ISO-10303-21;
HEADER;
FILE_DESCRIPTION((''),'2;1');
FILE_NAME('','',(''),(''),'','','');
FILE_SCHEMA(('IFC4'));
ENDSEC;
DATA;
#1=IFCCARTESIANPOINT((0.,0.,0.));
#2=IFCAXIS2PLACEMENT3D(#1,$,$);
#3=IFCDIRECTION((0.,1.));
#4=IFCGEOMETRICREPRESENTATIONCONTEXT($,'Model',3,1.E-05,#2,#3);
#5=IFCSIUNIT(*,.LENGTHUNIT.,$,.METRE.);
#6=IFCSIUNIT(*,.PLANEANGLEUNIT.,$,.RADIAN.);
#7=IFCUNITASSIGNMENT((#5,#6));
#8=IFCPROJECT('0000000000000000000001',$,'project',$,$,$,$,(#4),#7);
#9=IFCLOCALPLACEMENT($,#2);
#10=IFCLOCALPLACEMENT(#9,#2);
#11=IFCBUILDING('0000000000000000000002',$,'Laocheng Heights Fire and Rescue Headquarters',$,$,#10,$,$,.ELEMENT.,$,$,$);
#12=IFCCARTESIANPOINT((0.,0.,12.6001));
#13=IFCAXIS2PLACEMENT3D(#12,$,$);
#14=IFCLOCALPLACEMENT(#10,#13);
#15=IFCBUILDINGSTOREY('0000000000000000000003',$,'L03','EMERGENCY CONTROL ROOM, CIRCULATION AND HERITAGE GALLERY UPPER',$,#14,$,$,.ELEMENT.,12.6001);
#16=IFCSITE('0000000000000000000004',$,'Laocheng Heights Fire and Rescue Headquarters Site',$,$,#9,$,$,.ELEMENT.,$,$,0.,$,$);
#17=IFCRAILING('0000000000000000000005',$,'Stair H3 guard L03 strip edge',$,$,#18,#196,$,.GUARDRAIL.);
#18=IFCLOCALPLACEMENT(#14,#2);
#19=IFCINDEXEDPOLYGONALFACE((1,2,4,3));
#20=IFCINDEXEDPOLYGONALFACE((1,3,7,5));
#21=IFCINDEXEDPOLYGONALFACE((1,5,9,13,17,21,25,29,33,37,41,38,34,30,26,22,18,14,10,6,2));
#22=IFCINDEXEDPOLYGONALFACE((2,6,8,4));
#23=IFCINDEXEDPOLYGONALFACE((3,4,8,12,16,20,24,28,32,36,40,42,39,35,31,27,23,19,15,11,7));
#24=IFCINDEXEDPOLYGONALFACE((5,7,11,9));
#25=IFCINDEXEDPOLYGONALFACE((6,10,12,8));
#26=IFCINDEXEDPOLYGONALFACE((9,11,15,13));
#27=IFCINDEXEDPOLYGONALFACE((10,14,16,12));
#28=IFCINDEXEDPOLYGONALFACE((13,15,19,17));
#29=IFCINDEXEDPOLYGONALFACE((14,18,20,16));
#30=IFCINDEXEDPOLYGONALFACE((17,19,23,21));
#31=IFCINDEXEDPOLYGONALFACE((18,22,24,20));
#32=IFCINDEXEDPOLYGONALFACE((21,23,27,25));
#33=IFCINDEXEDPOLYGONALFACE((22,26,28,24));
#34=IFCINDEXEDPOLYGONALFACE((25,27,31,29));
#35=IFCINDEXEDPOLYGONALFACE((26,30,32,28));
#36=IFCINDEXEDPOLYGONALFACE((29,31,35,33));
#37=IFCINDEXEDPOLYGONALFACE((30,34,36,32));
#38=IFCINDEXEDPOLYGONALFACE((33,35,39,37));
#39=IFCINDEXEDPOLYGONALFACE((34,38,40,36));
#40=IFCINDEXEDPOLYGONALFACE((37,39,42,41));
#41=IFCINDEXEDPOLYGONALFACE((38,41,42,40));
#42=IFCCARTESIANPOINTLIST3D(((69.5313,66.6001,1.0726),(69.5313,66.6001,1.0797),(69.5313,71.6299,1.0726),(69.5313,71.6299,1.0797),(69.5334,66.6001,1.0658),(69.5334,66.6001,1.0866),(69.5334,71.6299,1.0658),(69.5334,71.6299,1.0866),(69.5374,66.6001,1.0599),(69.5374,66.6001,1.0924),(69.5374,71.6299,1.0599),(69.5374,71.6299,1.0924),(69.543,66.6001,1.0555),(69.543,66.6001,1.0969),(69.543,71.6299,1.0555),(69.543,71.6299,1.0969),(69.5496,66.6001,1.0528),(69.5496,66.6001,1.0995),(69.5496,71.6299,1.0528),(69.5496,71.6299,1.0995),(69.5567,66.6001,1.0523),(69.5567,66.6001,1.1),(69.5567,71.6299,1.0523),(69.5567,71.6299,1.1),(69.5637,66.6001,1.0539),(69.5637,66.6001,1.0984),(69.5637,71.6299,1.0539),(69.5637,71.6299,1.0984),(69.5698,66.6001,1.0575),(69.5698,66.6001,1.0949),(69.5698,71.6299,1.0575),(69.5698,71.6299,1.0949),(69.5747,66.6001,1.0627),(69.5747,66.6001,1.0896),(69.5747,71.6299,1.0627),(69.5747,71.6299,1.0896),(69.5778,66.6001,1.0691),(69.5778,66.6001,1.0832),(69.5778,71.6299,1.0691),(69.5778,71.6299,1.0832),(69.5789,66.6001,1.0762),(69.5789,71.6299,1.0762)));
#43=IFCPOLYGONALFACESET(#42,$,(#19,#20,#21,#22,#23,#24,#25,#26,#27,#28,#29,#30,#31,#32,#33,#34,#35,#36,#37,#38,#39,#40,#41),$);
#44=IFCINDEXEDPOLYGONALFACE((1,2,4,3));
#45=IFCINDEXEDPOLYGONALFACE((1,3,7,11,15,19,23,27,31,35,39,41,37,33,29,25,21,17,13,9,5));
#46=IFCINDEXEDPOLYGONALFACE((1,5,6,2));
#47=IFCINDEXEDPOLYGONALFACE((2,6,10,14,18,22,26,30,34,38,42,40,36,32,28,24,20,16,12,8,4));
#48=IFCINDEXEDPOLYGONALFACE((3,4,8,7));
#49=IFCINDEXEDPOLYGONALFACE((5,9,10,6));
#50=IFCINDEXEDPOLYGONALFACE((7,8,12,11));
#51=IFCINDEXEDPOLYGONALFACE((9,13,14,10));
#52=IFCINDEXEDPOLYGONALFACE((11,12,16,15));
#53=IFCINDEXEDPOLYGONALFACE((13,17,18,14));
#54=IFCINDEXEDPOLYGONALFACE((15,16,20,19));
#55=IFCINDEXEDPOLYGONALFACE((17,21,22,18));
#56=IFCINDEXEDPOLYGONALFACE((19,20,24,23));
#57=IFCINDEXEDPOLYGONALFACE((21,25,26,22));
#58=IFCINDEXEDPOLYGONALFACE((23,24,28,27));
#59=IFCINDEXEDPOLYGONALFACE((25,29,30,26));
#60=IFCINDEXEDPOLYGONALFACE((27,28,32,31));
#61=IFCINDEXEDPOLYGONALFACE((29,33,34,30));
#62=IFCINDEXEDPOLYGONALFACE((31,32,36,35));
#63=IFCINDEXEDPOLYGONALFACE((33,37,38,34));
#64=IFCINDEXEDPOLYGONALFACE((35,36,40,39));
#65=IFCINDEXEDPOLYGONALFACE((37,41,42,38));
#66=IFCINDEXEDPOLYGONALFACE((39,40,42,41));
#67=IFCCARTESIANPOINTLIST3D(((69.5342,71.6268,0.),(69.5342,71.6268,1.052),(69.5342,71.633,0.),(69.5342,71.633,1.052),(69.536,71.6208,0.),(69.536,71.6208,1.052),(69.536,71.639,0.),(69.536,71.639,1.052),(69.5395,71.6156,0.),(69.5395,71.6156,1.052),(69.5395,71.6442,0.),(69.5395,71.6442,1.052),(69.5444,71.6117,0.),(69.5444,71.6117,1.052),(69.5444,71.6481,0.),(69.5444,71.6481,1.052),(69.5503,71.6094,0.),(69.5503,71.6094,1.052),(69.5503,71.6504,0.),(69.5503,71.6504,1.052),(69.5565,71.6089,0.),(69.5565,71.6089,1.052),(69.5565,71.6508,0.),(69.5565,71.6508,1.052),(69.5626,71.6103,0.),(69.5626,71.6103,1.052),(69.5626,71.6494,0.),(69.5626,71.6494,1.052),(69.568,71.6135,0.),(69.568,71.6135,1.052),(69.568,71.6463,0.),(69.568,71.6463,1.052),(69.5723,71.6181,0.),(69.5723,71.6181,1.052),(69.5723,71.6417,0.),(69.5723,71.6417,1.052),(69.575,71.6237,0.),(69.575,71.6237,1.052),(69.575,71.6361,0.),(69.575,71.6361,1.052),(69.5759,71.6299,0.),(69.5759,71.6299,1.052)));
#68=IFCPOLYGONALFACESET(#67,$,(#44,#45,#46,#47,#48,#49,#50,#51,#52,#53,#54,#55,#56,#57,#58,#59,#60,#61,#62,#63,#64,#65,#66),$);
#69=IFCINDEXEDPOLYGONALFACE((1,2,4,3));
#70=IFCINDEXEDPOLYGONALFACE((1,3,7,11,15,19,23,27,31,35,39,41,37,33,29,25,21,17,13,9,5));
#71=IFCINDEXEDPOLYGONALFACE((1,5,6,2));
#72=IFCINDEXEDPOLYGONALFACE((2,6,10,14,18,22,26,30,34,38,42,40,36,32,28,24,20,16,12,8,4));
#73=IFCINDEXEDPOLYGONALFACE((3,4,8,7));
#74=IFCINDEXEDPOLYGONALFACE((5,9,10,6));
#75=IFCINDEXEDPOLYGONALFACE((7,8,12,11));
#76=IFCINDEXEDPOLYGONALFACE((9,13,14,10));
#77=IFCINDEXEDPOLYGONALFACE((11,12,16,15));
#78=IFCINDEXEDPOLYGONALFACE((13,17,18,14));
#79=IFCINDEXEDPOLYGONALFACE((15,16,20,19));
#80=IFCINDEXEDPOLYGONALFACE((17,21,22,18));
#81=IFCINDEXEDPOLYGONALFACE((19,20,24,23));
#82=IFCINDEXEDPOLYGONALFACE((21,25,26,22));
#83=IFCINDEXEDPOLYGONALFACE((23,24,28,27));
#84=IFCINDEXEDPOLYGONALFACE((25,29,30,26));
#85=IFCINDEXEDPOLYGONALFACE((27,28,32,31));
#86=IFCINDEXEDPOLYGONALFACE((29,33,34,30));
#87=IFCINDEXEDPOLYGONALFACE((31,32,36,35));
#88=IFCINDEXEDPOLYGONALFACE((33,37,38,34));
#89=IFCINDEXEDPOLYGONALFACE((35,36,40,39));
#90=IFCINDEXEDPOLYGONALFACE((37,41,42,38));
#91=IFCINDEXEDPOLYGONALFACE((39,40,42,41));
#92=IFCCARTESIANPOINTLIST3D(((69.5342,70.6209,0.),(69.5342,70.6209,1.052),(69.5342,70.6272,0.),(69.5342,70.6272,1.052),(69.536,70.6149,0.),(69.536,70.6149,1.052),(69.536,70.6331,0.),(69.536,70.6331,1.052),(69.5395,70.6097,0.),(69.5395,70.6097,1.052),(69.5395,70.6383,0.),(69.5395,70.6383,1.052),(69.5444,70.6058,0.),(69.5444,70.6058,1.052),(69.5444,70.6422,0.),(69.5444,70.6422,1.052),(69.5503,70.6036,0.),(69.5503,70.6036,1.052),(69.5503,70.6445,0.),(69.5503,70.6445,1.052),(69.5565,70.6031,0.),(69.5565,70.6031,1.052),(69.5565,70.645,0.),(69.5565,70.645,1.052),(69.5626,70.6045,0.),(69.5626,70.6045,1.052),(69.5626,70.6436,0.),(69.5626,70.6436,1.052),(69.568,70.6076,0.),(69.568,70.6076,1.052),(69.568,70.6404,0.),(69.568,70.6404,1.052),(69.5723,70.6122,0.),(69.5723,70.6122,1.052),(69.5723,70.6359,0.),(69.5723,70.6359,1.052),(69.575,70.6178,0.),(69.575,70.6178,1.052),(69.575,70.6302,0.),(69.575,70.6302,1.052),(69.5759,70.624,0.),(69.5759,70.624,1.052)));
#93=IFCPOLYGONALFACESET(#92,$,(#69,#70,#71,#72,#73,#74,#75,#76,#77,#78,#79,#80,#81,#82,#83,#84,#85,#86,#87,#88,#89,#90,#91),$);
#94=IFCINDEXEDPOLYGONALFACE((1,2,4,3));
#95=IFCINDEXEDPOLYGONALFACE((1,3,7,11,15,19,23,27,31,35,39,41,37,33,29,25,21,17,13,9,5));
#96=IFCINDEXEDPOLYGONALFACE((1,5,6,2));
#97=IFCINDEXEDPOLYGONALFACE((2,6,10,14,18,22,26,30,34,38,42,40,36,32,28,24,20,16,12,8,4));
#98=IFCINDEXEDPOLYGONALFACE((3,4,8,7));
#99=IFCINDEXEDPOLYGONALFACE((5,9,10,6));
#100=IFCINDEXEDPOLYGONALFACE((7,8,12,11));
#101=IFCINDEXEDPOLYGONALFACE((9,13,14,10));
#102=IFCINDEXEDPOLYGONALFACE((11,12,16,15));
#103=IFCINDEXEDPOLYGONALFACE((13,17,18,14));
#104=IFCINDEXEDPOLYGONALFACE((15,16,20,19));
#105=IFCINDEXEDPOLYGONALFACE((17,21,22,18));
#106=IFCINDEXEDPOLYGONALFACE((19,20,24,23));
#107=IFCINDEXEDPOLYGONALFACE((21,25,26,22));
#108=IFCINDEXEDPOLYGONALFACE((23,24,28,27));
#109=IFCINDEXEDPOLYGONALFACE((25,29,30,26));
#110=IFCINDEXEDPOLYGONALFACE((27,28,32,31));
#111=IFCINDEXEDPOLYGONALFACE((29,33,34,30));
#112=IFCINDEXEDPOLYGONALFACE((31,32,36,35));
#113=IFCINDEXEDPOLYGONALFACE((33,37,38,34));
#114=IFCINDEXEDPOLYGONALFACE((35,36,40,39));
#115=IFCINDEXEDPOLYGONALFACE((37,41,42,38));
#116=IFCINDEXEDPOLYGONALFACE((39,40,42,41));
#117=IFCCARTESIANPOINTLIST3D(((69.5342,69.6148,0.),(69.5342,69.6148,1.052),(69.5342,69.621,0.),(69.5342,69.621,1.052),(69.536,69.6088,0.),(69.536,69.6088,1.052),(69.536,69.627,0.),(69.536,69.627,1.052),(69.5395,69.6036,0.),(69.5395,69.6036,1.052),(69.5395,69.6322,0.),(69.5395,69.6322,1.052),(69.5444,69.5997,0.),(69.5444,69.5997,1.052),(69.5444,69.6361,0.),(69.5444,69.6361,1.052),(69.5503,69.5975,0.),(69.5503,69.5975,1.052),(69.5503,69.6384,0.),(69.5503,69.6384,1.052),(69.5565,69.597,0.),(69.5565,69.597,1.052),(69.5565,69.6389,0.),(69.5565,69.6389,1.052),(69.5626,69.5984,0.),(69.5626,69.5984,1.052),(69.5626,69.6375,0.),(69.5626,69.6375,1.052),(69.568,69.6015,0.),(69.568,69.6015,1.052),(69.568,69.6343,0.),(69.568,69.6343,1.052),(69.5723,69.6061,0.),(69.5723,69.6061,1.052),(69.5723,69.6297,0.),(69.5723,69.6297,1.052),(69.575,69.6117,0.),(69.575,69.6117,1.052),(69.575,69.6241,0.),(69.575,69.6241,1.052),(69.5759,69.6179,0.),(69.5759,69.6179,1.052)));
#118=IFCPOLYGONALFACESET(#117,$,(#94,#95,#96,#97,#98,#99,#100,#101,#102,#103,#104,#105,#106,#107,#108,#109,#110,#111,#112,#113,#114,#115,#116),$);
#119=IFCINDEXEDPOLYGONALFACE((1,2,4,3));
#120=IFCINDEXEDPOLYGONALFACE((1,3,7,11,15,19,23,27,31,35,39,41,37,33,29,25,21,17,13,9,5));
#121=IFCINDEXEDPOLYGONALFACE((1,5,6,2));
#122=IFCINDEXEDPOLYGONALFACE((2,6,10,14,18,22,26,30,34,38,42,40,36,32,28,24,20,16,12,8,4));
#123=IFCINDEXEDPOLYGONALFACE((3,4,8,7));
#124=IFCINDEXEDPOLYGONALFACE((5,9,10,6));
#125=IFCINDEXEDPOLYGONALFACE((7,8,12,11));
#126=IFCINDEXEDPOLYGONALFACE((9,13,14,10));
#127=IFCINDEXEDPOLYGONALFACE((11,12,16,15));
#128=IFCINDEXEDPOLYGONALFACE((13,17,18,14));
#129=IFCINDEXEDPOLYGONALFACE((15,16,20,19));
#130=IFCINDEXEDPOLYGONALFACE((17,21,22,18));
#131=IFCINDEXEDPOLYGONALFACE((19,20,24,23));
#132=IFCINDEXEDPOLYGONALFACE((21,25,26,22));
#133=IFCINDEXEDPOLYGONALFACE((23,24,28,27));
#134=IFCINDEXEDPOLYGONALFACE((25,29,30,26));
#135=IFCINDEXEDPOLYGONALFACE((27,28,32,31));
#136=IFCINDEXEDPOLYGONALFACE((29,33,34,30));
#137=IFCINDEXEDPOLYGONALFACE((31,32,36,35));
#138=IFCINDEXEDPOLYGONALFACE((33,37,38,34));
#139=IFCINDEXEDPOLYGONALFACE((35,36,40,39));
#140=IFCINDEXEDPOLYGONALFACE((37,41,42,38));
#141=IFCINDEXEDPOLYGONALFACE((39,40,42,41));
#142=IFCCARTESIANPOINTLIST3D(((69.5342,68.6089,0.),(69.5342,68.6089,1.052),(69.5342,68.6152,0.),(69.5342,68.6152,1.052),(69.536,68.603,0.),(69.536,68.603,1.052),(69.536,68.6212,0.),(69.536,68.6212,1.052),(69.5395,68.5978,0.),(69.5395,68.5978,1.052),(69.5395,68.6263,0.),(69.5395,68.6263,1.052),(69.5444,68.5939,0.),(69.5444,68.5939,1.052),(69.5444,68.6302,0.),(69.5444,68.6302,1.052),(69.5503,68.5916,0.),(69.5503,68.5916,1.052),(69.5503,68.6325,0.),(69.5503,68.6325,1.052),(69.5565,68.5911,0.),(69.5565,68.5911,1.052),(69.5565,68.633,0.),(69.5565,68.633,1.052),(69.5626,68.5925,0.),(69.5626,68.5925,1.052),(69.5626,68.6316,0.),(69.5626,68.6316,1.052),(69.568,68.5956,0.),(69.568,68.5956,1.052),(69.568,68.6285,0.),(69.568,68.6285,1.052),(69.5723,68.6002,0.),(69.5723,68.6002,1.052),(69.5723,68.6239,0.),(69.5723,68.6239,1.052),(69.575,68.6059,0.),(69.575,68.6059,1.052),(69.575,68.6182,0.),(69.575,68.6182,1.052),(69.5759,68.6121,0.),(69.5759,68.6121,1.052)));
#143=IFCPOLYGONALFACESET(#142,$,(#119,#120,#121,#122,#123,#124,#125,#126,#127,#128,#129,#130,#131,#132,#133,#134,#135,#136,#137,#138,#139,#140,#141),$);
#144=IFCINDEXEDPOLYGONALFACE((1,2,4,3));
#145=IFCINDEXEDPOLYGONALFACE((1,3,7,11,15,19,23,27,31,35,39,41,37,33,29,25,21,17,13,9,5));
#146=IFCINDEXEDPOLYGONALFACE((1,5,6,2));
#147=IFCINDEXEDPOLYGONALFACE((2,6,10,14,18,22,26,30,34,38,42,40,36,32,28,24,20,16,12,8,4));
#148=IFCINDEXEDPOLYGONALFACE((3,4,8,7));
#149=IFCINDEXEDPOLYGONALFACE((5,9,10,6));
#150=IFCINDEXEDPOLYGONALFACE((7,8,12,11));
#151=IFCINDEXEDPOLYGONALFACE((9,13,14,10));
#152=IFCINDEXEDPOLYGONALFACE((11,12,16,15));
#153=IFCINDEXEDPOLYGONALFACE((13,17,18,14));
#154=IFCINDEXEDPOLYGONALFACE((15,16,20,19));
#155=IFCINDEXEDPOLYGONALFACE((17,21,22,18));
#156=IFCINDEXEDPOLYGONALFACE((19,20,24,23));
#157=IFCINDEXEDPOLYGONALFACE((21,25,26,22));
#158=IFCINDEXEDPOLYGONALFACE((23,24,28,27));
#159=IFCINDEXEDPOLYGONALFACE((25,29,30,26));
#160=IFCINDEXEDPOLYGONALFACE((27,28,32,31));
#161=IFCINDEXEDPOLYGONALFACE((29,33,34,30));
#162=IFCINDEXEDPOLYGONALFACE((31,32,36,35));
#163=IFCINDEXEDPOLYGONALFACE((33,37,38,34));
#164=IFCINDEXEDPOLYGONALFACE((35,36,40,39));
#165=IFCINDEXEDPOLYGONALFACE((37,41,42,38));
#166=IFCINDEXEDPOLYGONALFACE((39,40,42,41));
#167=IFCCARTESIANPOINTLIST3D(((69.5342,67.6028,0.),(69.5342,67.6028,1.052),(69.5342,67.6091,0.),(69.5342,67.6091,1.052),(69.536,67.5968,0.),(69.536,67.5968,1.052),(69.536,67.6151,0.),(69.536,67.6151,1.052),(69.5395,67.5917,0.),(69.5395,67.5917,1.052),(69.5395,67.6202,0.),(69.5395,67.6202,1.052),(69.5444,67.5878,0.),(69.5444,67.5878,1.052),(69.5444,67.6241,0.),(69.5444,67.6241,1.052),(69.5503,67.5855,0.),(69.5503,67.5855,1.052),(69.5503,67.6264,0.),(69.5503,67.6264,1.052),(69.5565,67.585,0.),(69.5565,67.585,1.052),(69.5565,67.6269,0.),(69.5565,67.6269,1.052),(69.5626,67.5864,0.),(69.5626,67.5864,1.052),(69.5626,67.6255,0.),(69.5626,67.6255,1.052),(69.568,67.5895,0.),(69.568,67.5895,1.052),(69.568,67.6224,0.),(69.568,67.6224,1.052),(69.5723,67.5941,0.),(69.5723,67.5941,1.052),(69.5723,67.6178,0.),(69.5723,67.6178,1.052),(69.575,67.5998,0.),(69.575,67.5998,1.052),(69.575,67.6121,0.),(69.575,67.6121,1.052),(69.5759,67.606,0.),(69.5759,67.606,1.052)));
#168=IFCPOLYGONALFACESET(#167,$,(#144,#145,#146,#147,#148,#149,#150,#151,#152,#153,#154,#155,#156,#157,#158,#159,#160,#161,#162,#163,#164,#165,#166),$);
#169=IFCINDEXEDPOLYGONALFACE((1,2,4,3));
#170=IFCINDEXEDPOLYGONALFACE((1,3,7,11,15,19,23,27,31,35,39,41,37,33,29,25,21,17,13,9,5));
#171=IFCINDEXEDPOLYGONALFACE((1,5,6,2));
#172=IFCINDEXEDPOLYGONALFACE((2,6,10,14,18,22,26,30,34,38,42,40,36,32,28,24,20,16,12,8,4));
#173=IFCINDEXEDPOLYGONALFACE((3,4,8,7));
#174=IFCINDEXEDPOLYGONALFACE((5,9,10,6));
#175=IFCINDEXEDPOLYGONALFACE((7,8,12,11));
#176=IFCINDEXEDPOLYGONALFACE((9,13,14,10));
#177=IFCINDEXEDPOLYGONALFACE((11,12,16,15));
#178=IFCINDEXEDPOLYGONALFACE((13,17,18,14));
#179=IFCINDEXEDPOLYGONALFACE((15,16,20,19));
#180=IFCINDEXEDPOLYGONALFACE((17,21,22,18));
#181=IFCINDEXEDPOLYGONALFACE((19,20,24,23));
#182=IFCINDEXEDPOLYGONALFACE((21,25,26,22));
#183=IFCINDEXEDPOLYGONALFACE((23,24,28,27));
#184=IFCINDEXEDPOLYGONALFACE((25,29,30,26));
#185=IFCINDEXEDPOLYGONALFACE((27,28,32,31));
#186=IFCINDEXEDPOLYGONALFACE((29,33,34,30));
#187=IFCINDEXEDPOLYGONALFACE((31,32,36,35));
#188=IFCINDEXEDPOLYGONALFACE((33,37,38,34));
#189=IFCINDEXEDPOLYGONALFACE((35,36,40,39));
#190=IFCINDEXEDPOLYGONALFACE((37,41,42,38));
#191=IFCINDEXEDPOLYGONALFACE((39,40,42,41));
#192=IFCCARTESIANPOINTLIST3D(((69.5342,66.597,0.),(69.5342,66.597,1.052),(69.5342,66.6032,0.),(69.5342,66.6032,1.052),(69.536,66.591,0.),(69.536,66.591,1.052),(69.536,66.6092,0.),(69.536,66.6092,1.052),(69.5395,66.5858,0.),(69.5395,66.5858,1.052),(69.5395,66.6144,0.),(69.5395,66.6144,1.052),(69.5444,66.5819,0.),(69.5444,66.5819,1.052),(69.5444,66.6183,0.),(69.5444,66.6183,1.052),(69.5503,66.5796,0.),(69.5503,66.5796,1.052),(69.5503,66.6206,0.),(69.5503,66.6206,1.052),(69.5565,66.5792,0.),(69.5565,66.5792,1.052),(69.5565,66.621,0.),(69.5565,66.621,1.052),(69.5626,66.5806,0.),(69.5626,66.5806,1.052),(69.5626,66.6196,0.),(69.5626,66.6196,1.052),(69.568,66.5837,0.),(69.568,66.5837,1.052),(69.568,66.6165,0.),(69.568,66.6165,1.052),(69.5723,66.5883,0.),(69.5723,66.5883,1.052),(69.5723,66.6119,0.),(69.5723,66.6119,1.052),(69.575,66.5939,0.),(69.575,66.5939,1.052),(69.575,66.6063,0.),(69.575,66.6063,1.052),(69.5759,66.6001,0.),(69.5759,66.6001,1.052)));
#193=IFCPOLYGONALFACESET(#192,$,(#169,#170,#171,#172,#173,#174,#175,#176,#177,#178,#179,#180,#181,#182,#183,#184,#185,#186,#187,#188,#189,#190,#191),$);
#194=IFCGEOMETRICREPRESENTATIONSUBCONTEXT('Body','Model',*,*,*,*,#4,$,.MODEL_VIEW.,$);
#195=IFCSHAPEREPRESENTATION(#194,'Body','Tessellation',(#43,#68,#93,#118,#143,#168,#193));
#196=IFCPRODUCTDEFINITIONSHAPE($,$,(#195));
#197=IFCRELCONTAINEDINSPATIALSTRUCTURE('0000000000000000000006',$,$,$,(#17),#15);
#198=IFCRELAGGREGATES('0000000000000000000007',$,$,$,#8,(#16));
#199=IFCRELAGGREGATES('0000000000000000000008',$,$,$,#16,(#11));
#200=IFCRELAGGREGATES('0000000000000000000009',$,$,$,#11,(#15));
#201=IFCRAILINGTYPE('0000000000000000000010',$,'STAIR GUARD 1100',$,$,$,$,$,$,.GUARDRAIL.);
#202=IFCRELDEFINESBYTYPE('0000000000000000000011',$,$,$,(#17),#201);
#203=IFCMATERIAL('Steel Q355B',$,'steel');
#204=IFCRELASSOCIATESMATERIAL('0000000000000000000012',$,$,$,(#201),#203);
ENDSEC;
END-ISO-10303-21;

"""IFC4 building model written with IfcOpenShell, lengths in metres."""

from ifc_helpers import new_model, si_unit, direction, frame, origin, origin_2d, place, context, subcontext, project, spatial, circle, extrude, material, type_object, element, save


model = new_model("IFC4")

# Units and contexts
model_context = context("Model", 3, precision=1e-05, world=origin(), true_north=direction((0.0, 1.0)))
body_context = subcontext(model_context, "Body", "Model", "MODEL_VIEW")
ifc_project = project(units=[si_unit("LENGTHUNIT", "METRE"), si_unit("PLANEANGLEUNIT", "RADIAN")], contexts=[model_context])

# Site, building, storey
site_placement = place(None, origin())
site = spatial("IfcSite", under=ifc_project, at=site_placement, Name="Laocheng Heights Fire and Rescue Headquarters Site", CompositionType="ELEMENT", RefElevation=0.0)
building_placement = place(site_placement, origin())
building = spatial("IfcBuilding", under=site, at=building_placement, Name="Laocheng Heights Fire and Rescue Headquarters", CompositionType="ELEMENT")
storey_placement = place(building_placement, frame((0.0, 0.0, 12.6001)))
storey = spatial("IfcBuildingStorey", under=building, at=storey_placement, Name="L03", Description="EMERGENCY CONTROL ROOM, CIRCULATION AND HERITAGE GALLERY UPPER", CompositionType="ELEMENT", Elevation=12.6001)

# Railing
ifc_material_1 = material(Name="Steel Q355B", Category="steel")
railing_type_1 = type_object("IfcRailingType", Name="STAIR GUARD 1100", PredefinedType="GUARDRAIL", material=ifc_material_1)
railing_1_placement = place(storey_placement, frame((69.5549, 71.6299, 0.0)))
element("IfcRailing", 1, at=railing_1_placement, inside=storey, type_object=railing_type_1, Name="Stair H3 guard L03 strip edge", PredefinedType="GUARDRAIL", context=body_context, shape_type="SweptSolid", body=[
    extrude(circle(Radius=0.0239, at=origin_2d()), frame((0.0, 0.0, 1.0762), z_axis=(0.0, -1.0, 0.0), x_axis=(1.0, 0.0, 0.0)), (0.0, 0.0, 1.0), 5.0298),
    extrude(circle(Radius=0.021, at=origin_2d()), origin(), (0.0, 0.0, 1.0), 1.052),
    extrude(circle(Radius=0.021, at=origin_2d()), frame((0.0, -1.0059, 0.0)), (0.0, 0.0, 1.0), 1.052),
    extrude(circle(Radius=0.021, at=origin_2d()), frame((0.0, -2.012, 0.0)), (0.0, 0.0, 1.0), 1.052),
    extrude(circle(Radius=0.021, at=origin_2d()), frame((0.0, -3.0178, 0.0)), (0.0, 0.0, 1.0), 1.052),
    extrude(circle(Radius=0.021, at=origin_2d()), frame((0.0, -4.0239, 0.0)), (0.0, 0.0, 1.0), 1.052),
    extrude(circle(Radius=0.021, at=origin_2d()), frame((0.0, -5.0298, 0.0)), (0.0, 0.0, 1.0), 1.052),
])

save(model, "model.ifc")
